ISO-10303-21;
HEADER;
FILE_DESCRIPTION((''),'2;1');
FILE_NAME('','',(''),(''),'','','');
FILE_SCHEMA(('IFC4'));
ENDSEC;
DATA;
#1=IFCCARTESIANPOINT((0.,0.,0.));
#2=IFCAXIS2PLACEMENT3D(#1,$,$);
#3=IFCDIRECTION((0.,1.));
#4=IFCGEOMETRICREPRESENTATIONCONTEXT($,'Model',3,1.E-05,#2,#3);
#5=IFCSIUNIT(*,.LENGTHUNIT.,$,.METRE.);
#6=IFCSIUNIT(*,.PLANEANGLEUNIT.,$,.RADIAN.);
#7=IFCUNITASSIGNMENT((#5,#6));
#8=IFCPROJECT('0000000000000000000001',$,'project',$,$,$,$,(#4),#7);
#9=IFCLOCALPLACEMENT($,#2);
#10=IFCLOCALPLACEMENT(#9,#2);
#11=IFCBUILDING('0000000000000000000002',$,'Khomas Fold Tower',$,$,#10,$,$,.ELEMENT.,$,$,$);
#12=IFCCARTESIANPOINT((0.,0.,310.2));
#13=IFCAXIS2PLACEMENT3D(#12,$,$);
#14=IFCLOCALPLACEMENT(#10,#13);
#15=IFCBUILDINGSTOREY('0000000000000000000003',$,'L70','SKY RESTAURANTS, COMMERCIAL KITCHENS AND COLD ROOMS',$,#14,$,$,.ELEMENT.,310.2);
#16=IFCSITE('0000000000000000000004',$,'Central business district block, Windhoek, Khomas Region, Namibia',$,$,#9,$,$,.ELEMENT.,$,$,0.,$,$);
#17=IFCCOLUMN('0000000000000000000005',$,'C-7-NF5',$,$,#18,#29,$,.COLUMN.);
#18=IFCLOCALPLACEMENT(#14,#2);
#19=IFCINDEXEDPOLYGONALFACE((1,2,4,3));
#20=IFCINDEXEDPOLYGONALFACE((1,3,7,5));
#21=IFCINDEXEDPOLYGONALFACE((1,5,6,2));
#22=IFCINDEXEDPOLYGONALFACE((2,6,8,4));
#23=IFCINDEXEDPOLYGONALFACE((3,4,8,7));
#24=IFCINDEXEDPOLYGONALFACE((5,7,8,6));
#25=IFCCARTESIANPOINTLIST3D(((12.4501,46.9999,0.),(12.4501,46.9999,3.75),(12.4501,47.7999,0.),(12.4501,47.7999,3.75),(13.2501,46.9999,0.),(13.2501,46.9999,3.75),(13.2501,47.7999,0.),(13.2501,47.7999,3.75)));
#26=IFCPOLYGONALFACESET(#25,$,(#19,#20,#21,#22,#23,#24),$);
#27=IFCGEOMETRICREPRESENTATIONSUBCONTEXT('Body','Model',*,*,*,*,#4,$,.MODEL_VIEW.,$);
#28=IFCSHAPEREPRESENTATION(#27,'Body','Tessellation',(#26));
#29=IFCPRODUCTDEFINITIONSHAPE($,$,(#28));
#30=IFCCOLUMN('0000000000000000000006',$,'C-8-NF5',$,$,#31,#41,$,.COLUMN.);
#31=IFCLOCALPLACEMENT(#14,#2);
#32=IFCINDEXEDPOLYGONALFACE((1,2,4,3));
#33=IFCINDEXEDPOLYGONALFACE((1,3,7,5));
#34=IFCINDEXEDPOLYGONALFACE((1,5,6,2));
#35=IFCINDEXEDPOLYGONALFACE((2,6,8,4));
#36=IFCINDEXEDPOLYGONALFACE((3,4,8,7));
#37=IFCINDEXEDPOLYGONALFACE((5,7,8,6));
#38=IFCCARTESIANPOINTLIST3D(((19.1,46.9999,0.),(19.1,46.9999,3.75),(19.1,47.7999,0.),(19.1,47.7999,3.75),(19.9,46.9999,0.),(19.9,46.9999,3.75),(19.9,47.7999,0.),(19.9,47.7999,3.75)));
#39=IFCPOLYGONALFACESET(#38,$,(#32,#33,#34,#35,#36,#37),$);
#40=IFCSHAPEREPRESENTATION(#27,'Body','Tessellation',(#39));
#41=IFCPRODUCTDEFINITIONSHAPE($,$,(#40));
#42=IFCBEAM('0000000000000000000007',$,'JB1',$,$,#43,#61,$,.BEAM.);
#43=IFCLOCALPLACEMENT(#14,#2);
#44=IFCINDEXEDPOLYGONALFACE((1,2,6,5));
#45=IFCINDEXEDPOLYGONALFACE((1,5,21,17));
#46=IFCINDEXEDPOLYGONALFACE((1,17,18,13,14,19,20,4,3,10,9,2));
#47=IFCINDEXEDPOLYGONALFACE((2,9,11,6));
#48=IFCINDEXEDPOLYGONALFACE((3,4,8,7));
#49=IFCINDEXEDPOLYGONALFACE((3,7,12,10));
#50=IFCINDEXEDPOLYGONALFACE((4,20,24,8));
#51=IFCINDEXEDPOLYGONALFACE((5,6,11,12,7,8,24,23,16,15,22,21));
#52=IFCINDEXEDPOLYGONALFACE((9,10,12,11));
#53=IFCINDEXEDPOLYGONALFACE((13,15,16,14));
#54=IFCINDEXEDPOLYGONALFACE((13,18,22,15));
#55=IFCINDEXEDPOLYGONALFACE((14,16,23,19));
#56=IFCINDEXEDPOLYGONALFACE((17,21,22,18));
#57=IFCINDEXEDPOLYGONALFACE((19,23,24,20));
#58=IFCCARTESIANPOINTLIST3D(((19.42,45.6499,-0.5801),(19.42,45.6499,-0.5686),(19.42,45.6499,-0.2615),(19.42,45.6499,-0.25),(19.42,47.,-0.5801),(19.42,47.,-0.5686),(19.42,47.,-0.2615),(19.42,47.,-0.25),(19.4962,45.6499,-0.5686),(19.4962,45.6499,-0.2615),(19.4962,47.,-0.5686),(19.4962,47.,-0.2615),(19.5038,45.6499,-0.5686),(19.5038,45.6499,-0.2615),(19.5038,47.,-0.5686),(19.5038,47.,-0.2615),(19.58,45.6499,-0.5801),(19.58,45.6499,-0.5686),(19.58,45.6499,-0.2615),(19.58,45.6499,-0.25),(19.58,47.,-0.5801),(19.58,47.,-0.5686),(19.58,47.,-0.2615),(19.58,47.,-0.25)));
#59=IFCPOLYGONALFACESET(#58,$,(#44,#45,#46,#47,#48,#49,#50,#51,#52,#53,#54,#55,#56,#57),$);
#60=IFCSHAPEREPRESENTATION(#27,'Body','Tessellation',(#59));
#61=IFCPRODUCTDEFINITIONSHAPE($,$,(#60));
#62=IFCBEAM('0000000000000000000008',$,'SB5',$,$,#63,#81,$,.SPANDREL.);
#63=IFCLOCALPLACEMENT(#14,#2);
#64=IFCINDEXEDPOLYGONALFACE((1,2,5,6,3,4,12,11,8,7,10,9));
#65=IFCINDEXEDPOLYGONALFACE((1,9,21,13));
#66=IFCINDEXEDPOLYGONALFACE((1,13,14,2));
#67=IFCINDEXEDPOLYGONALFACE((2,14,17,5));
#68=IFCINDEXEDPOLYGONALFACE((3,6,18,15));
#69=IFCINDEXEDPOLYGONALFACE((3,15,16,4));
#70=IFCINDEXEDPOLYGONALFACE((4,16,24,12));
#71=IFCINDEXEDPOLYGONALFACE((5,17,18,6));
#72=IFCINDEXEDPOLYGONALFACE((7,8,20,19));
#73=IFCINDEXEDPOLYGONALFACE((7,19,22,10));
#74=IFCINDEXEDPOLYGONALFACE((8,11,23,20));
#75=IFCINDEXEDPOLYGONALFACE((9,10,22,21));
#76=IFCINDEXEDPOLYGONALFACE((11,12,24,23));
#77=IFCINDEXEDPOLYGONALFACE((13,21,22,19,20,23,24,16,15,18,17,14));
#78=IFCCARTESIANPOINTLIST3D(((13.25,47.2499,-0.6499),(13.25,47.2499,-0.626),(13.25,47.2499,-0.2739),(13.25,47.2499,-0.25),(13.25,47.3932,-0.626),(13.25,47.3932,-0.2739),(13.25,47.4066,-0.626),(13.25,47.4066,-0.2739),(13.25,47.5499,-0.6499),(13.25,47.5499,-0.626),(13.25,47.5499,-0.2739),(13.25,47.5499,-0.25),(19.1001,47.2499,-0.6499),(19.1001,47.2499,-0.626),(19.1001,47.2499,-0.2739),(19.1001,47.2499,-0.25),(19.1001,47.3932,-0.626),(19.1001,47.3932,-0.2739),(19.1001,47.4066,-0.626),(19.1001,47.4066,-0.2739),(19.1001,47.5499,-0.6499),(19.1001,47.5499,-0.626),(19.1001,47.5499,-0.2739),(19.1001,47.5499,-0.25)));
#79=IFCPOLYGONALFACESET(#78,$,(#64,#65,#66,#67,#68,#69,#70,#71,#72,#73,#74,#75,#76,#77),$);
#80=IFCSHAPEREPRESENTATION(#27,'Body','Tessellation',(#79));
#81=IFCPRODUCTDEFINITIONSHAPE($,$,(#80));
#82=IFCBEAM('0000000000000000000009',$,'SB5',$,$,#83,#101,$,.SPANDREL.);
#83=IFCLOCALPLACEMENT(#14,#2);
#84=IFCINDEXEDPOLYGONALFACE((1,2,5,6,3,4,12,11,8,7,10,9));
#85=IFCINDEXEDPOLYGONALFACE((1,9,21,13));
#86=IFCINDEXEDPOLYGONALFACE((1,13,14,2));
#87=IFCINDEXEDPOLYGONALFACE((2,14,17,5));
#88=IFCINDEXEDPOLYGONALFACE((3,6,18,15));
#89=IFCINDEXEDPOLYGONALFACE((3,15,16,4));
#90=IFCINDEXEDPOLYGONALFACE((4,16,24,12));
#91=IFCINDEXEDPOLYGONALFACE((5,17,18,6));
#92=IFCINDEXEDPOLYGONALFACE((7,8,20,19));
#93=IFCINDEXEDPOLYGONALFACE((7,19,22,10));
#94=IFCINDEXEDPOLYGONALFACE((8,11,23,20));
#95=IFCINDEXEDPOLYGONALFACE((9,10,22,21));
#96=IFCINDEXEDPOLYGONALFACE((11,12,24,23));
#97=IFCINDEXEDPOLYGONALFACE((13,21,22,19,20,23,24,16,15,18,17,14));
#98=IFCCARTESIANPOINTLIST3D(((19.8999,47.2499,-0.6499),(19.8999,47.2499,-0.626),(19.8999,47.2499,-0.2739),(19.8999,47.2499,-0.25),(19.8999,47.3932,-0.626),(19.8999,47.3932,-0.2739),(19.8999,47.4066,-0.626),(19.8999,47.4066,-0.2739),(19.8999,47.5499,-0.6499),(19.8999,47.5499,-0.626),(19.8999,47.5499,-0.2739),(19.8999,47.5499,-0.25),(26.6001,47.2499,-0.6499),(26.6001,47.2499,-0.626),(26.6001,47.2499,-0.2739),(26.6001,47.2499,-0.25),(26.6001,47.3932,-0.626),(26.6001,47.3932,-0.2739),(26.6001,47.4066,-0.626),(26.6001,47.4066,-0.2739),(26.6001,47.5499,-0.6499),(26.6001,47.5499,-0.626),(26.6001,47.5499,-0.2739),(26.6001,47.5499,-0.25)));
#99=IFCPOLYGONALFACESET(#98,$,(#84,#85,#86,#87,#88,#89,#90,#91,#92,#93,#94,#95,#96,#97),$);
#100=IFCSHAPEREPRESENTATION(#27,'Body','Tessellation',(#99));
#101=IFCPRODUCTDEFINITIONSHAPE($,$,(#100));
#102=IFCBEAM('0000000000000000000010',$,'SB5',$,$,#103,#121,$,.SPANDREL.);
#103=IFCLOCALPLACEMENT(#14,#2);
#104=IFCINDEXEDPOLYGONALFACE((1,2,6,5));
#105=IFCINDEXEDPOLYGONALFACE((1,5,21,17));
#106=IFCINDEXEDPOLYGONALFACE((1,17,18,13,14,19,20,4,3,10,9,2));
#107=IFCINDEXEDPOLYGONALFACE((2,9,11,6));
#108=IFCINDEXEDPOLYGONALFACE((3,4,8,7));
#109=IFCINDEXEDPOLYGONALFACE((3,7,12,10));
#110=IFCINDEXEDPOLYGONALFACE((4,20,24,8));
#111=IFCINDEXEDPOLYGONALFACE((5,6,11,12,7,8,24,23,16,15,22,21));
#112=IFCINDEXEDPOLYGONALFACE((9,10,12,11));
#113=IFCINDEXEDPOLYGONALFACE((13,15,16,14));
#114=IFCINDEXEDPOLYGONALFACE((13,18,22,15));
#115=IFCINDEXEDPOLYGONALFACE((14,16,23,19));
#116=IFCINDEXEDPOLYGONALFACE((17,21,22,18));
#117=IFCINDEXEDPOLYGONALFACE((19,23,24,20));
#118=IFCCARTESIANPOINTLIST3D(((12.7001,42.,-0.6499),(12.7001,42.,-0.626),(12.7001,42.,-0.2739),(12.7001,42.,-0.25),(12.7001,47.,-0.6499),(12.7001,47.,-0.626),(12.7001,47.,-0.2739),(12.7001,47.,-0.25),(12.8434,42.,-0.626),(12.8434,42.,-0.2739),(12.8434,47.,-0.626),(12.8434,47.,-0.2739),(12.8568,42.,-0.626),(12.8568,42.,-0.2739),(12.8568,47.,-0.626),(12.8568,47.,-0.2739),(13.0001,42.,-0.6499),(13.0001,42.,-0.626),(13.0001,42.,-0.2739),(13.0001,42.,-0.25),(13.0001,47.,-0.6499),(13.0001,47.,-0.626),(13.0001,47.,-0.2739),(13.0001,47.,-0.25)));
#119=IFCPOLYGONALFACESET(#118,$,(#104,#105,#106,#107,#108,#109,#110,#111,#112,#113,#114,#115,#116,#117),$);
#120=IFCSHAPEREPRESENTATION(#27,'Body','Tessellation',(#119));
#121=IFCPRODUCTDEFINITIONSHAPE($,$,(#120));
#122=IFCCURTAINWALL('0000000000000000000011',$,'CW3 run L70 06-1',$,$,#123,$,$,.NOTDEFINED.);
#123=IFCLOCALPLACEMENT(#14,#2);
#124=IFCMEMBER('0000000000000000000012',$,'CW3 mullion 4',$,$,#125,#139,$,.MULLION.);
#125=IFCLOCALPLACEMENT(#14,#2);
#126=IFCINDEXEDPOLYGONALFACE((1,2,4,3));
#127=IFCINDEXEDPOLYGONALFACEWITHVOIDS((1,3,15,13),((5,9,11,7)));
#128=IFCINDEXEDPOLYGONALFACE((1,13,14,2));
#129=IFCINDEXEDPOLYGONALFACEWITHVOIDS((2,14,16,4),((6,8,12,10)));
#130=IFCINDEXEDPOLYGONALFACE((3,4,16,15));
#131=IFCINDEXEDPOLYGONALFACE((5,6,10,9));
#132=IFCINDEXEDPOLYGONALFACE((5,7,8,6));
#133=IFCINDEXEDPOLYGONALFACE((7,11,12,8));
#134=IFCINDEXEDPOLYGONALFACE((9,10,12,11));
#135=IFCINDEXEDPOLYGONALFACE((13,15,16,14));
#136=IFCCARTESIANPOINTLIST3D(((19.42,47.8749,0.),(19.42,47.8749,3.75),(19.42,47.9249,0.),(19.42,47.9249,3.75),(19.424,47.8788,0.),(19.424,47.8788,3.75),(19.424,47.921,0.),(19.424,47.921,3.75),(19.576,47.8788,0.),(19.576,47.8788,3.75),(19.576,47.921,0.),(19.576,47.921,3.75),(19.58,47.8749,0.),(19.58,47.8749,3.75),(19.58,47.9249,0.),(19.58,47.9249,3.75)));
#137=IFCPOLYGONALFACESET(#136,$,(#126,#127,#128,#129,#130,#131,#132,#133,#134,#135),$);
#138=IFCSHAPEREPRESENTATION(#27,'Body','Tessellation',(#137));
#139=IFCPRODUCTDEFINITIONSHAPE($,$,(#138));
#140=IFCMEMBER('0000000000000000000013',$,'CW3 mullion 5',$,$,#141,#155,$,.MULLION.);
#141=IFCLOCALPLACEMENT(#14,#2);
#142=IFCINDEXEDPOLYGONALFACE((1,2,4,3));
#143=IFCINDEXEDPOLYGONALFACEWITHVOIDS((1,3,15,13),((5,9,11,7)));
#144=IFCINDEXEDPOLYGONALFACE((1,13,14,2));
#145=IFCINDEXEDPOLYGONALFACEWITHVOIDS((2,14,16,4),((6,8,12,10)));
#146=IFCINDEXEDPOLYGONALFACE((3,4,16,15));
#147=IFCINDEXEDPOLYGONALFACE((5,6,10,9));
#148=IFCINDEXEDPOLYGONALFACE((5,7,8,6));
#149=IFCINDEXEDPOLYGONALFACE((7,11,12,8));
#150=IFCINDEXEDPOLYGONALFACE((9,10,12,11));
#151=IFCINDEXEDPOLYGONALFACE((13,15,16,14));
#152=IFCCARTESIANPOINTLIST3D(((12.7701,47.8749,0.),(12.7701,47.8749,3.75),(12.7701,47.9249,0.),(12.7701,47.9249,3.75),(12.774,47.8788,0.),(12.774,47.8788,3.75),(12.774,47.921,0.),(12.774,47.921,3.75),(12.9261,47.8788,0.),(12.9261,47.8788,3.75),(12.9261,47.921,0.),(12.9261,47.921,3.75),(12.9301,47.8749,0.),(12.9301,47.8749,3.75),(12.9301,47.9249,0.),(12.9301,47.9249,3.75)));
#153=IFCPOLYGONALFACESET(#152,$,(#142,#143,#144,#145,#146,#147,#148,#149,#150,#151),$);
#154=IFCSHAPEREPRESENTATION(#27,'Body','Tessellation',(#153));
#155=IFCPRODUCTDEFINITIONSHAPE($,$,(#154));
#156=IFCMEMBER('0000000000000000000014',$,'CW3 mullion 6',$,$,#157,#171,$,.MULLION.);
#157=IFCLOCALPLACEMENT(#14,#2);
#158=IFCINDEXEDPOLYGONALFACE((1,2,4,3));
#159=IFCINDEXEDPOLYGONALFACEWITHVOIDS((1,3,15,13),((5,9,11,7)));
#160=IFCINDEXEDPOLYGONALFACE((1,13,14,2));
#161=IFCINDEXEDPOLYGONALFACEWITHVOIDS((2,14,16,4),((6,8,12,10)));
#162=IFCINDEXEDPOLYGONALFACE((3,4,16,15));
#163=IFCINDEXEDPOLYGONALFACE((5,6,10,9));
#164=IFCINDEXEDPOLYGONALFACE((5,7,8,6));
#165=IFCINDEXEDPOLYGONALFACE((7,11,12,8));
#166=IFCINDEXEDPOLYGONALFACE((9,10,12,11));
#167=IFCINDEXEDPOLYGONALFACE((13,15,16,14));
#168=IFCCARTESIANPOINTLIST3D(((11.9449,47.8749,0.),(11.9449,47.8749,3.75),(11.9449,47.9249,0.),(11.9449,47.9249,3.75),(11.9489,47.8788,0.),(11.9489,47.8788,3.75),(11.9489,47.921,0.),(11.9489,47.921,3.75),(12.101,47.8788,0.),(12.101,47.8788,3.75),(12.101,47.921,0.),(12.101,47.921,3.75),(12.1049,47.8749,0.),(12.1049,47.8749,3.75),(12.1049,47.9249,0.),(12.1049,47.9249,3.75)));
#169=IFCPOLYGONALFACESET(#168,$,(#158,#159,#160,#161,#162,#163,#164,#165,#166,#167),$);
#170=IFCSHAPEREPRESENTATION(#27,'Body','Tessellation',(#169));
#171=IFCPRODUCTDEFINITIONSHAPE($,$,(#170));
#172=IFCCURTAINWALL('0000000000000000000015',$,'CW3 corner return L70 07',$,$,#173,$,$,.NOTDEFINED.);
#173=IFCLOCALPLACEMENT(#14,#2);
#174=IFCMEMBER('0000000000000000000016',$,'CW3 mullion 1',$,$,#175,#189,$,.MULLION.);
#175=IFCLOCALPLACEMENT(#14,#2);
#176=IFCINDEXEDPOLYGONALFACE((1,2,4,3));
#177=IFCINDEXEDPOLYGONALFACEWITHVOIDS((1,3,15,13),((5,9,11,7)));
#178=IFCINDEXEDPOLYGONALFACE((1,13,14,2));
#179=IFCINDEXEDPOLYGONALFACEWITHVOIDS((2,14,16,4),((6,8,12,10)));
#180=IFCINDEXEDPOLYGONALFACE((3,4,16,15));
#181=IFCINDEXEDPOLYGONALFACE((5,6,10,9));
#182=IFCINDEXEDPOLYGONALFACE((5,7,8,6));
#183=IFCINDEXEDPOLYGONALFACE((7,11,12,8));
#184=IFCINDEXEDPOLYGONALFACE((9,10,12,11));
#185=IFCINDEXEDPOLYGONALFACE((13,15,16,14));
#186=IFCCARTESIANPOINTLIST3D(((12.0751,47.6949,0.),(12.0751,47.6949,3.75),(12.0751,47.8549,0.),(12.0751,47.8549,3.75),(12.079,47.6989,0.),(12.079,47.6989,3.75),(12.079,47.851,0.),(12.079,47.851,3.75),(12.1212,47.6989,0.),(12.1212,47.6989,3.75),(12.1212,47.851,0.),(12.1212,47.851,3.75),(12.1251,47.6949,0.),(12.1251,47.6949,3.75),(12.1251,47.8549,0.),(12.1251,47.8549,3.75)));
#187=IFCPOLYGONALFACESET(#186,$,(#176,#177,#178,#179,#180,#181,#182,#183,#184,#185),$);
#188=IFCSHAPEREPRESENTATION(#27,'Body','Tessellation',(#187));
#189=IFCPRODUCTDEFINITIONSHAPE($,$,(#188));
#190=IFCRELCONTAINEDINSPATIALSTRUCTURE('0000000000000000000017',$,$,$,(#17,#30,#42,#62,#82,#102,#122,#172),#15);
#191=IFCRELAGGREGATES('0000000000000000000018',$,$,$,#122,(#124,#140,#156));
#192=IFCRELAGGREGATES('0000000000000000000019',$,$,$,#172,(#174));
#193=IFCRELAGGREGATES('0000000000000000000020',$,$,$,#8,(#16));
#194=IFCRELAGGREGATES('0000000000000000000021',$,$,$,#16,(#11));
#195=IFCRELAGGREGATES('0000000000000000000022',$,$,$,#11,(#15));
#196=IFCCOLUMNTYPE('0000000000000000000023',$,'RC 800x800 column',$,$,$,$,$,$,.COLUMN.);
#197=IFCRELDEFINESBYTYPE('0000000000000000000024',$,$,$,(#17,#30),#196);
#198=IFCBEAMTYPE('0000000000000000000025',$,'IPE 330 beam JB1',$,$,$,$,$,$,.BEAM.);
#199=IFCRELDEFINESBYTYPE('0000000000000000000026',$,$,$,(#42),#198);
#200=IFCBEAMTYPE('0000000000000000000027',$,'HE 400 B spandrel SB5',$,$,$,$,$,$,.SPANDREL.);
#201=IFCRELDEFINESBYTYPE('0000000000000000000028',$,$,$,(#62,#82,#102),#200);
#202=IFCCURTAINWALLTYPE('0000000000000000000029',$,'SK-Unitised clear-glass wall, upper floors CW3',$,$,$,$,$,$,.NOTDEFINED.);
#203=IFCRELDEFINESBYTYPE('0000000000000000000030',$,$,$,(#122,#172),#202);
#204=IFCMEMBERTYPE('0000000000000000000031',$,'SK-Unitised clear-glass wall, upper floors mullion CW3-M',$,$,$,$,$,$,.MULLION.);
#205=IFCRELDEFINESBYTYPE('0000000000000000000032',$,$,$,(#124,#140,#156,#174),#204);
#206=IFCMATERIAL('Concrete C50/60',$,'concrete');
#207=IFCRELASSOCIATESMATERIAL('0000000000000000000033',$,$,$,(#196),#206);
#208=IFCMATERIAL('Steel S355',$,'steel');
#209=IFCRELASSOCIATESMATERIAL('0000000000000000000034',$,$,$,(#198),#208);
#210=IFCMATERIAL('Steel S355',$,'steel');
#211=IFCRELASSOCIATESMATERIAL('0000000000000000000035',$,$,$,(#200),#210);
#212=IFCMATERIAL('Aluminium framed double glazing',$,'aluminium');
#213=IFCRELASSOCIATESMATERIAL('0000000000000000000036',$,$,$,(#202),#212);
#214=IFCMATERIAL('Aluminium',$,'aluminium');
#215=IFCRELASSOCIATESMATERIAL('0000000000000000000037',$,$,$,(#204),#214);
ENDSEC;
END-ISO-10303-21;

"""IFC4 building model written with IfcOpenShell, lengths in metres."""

from ifc_helpers import new_model, si_unit, direction, frame, origin, origin_2d, place, context, subcontext, project, spatial, rectangle, hollow_rectangle, i_section, extrude, source, transform, mapped, material, material_profile, profile_set, type_object, element, aggregate, save


model = new_model("IFC4")

# Units and contexts
model_context = context("Model", 3, precision=1e-05, world=origin(), true_north=direction((0.0, 1.0)))
body_context = subcontext(model_context, "Body", "Model", "MODEL_VIEW")
ifc_project = project(units=[si_unit("LENGTHUNIT", "METRE"), si_unit("PLANEANGLEUNIT", "RADIAN")], contexts=[model_context])

# Site, building, storey
site_placement = place(None, origin())
site = spatial("IfcSite", under=ifc_project, at=site_placement, Name="Central business district block, Windhoek, Khomas Region, Namibia", CompositionType="ELEMENT", RefElevation=0.0)
building_placement = place(site_placement, origin())
building = spatial("IfcBuilding", under=site, at=building_placement, Name="Khomas Fold Tower", CompositionType="ELEMENT")
storey_placement = place(building_placement, frame((0.0, 0.0, 310.2)))
storey = spatial("IfcBuildingStorey", under=building, at=storey_placement, Name="L70", Description="SKY RESTAURANTS, COMMERCIAL KITCHENS AND COLD ROOMS", CompositionType="ELEMENT", Elevation=310.2)

# Columns
ifc_material_1 = material(Name="Concrete C50/60", Category="concrete")
ifc_material_profile_1 = material_profile(ifc_material_1, rectangle(XDim=0.8, YDim=0.8, at=origin_2d()), Name="RC 800x800")
ifc_profile_set_1 = profile_set([ifc_material_profile_1], Name="Concrete C50/60")
column_type = type_object("IfcColumnType", Name="RC 800x800 column", PredefinedType="COLUMN", material=ifc_profile_set_1)
shared_shape_1 = source(origin(), body_context, "Body", "SweptSolid", [
    extrude(rectangle(XDim=0.8, YDim=0.8, at=origin_2d()), origin(), (0.0, 0.0, 1.0), 3.75),
])
for number, where, z_axis, x_axis, name in (
    (1, (12.8501, 47.3999, 0.0), (0.0, 0.0, 1.0), (1.0, 0.0, 0.0), "C-7-NF5"),
    (2, (19.5, 47.3999, 0.0), (0.0, 0.0, 1.0), (1.0, 0.0, 0.0), "C-8-NF5"),
):
    element("IfcColumn", number, at=place(storey_placement, frame(where, z_axis=z_axis, x_axis=x_axis)), inside=storey, type_object=column_type, Name=name, PredefinedType="COLUMN", context=body_context, shape_type="MappedRepresentation", body=[
        mapped(shared_shape_1, transform((0.0, 0.0, 0.0))),
    ])

# Beams
ifc_material_2 = material(Name="Steel S355", Category="steel")
ifc_material_profile_2 = material_profile(ifc_material_2, i_section(OverallWidth=0.1599, OverallDepth=0.3301, WebThickness=0.0076, FlangeThickness=0.0115, at=origin_2d()), Name="IPE 330")
ifc_profile_set_2 = profile_set([ifc_material_profile_2], Name="Steel S355")
beam_type_1 = type_object("IfcBeamType", Name="IPE 330 beam JB1", PredefinedType="BEAM", material=ifc_profile_set_2)
shared_shape_2 = source(origin(), body_context, "Body", "SweptSolid", [
    extrude(i_section(OverallWidth=0.1599, OverallDepth=0.3301, WebThickness=0.0076, FlangeThickness=0.0115, at=origin_2d()), origin(), (0.0, 0.0, 1.0), 1.3501),
])
beam_1_placement = place(storey_placement, frame((19.5, 45.6499, -0.415), z_axis=(0.0, 1.0, 0.0), x_axis=(-1.0, 0.0, 0.0)))
element("IfcBeam", 3, at=beam_1_placement, inside=storey, type_object=beam_type_1, Name="JB1", PredefinedType="BEAM", context=body_context, shape_type="MappedRepresentation", body=[
    mapped(shared_shape_2, transform((0.0, 0.0, 0.0))),
])
ifc_material_3 = material(Name="Steel S355", Category="steel")
ifc_material_profile_3 = material_profile(ifc_material_3, i_section(OverallWidth=0.3, OverallDepth=0.3999, WebThickness=0.0134, FlangeThickness=0.0239, at=origin_2d()), Name="HE 400 B")
ifc_profile_set_3 = profile_set([ifc_material_profile_3], Name="Steel S355")
beam_type_2 = type_object("IfcBeamType", Name="HE 400 B spandrel SB5", PredefinedType="SPANDREL", material=ifc_profile_set_3)
shared_shape_3 = source(origin(), body_context, "Body", "SweptSolid", [
    extrude(i_section(OverallWidth=0.3, OverallDepth=0.3999, WebThickness=0.0134, FlangeThickness=0.0239, at=origin_2d()), origin(), (0.0, 0.0, 1.0), 5.8501),
])
beam_2_placement = place(storey_placement, frame((13.25, 47.3999, -0.45), z_axis=(1.0, 0.0, 0.0), x_axis=(0.0, 1.0, 0.0)))
element("IfcBeam", 4, at=beam_2_placement, inside=storey, type_object=beam_type_2, Name="SB5", PredefinedType="SPANDREL", context=body_context, shape_type="MappedRepresentation", body=[
    mapped(shared_shape_3, transform((0.0, 0.0, 0.0))),
])
shared_shape_4 = source(origin(), body_context, "Body", "SweptSolid", [
    extrude(i_section(OverallWidth=0.3, OverallDepth=0.3999, WebThickness=0.0134, FlangeThickness=0.0239, at=origin_2d()), origin(), (0.0, 0.0, 1.0), 6.7002),
])
beam_3_placement = place(storey_placement, frame((19.8999, 47.3999, -0.45), z_axis=(1.0, 0.0, 0.0), x_axis=(0.0, 1.0, 0.0)))
element("IfcBeam", 5, at=beam_3_placement, inside=storey, type_object=beam_type_2, Name="SB5", PredefinedType="SPANDREL", context=body_context, shape_type="MappedRepresentation", body=[
    mapped(shared_shape_4, transform((0.0, 0.0, 0.0))),
])
shared_shape_5 = source(origin(), body_context, "Body", "SweptSolid", [
    extrude(i_section(OverallWidth=0.3, OverallDepth=0.3999, WebThickness=0.0134, FlangeThickness=0.0239, at=origin_2d()), origin(), (0.0, 0.0, 1.0), 5.0),
])
beam_4_placement = place(storey_placement, frame((12.8501, 42.0, -0.45), z_axis=(0.0, 1.0, 0.0), x_axis=(-1.0, 0.0, 0.0)))
element("IfcBeam", 6, at=beam_4_placement, inside=storey, type_object=beam_type_2, Name="SB5", PredefinedType="SPANDREL", context=body_context, shape_type="MappedRepresentation", body=[
    mapped(shared_shape_5, transform((0.0, 0.0, 0.0))),
])

# Curtain walls, members
ifc_material_4 = material(Name="Aluminium framed double glazing", Category="aluminium")
curtain_wall_type = type_object("IfcCurtainWallType", Name="SK-Unitised clear-glass wall, upper floors CW3", PredefinedType="NOTDEFINED", material=ifc_material_4)
curtain_wall_1_placement = place(storey_placement, origin())
curtain_wall_1 = element("IfcCurtainWall", 7, at=curtain_wall_1_placement, inside=storey, type_object=curtain_wall_type, Name="CW3 run L70 06-1", PredefinedType="NOTDEFINED")
ifc_material_5 = material(Name="Aluminium", Category="aluminium")
ifc_material_profile_4 = material_profile(ifc_material_5, hollow_rectangle(XDim=0.05, YDim=0.1599, WallThickness=0.0039, at=origin_2d()), Name="SK-Unitised clear-glass wall, upper floors mullion CW3-M")
ifc_profile_set_4 = profile_set([ifc_material_profile_4], Name="Aluminium")
member_type_1 = type_object("IfcMemberType", Name="SK-Unitised clear-glass wall, upper floors mullion CW3-M", PredefinedType="MULLION", material=ifc_profile_set_4)
shared_shape_6 = source(origin(), body_context, "Body", "SweptSolid", [
    extrude(hollow_rectangle(XDim=0.05, YDim=0.1599, WallThickness=0.0039, at=origin_2d()), origin(), (0.0, 0.0, 1.0), 3.75),
])
member_1_placement = place(storey_placement, frame((19.5, 47.8999, 0.0), z_axis=(0.0, 0.0, 1.0), x_axis=(0.0, -1.0, 0.0)))
member_1 = element("IfcMember", 8, at=member_1_placement, type_object=member_type_1, Name="CW3 mullion 4", PredefinedType="MULLION", context=body_context, shape_type="MappedRepresentation", body=[
    mapped(shared_shape_6, transform((0.0, 0.0, 0.0))),
])
member_2_placement = place(storey_placement, frame((12.8501, 47.8999, 0.0), z_axis=(0.0, 0.0, 1.0), x_axis=(0.0, -1.0, 0.0)))
member_2 = element("IfcMember", 9, at=member_2_placement, type_object=member_type_1, Name="CW3 mullion 5", PredefinedType="MULLION", context=body_context, shape_type="MappedRepresentation", body=[
    mapped(shared_shape_6, transform((0.0, 0.0, 0.0))),
])
member_3_placement = place(storey_placement, frame((12.0249, 47.8999, 0.0), z_axis=(0.0, 0.0, 1.0), x_axis=(0.0, -1.0, 0.0)))
member_3 = element("IfcMember", 10, at=member_3_placement, type_object=member_type_1, Name="CW3 mullion 6", PredefinedType="MULLION", context=body_context, shape_type="MappedRepresentation", body=[
    mapped(shared_shape_6, transform((0.0, 0.0, 0.0))),
])
curtain_wall_2_placement = place(storey_placement, origin())
curtain_wall_2 = element("IfcCurtainWall", 11, at=curtain_wall_2_placement, inside=storey, type_object=curtain_wall_type, Name="CW3 corner return L70 07", PredefinedType="NOTDEFINED")
member_4_placement = place(storey_placement, frame((12.1001, 47.7749, 0.0), z_axis=(0.0, 0.0, 1.0), x_axis=(1.0, 0.0, 0.0)))
member_4 = element("IfcMember", 12, at=member_4_placement, type_object=member_type_1, Name="CW3 mullion 1", PredefinedType="MULLION", context=body_context, shape_type="MappedRepresentation", body=[
    mapped(shared_shape_6, transform((0.0, 0.0, 0.0))),
])

aggregate(curtain_wall_1, [member_1, member_2, member_3])
aggregate(curtain_wall_2, [member_4])

save(model, "model.ifc")
